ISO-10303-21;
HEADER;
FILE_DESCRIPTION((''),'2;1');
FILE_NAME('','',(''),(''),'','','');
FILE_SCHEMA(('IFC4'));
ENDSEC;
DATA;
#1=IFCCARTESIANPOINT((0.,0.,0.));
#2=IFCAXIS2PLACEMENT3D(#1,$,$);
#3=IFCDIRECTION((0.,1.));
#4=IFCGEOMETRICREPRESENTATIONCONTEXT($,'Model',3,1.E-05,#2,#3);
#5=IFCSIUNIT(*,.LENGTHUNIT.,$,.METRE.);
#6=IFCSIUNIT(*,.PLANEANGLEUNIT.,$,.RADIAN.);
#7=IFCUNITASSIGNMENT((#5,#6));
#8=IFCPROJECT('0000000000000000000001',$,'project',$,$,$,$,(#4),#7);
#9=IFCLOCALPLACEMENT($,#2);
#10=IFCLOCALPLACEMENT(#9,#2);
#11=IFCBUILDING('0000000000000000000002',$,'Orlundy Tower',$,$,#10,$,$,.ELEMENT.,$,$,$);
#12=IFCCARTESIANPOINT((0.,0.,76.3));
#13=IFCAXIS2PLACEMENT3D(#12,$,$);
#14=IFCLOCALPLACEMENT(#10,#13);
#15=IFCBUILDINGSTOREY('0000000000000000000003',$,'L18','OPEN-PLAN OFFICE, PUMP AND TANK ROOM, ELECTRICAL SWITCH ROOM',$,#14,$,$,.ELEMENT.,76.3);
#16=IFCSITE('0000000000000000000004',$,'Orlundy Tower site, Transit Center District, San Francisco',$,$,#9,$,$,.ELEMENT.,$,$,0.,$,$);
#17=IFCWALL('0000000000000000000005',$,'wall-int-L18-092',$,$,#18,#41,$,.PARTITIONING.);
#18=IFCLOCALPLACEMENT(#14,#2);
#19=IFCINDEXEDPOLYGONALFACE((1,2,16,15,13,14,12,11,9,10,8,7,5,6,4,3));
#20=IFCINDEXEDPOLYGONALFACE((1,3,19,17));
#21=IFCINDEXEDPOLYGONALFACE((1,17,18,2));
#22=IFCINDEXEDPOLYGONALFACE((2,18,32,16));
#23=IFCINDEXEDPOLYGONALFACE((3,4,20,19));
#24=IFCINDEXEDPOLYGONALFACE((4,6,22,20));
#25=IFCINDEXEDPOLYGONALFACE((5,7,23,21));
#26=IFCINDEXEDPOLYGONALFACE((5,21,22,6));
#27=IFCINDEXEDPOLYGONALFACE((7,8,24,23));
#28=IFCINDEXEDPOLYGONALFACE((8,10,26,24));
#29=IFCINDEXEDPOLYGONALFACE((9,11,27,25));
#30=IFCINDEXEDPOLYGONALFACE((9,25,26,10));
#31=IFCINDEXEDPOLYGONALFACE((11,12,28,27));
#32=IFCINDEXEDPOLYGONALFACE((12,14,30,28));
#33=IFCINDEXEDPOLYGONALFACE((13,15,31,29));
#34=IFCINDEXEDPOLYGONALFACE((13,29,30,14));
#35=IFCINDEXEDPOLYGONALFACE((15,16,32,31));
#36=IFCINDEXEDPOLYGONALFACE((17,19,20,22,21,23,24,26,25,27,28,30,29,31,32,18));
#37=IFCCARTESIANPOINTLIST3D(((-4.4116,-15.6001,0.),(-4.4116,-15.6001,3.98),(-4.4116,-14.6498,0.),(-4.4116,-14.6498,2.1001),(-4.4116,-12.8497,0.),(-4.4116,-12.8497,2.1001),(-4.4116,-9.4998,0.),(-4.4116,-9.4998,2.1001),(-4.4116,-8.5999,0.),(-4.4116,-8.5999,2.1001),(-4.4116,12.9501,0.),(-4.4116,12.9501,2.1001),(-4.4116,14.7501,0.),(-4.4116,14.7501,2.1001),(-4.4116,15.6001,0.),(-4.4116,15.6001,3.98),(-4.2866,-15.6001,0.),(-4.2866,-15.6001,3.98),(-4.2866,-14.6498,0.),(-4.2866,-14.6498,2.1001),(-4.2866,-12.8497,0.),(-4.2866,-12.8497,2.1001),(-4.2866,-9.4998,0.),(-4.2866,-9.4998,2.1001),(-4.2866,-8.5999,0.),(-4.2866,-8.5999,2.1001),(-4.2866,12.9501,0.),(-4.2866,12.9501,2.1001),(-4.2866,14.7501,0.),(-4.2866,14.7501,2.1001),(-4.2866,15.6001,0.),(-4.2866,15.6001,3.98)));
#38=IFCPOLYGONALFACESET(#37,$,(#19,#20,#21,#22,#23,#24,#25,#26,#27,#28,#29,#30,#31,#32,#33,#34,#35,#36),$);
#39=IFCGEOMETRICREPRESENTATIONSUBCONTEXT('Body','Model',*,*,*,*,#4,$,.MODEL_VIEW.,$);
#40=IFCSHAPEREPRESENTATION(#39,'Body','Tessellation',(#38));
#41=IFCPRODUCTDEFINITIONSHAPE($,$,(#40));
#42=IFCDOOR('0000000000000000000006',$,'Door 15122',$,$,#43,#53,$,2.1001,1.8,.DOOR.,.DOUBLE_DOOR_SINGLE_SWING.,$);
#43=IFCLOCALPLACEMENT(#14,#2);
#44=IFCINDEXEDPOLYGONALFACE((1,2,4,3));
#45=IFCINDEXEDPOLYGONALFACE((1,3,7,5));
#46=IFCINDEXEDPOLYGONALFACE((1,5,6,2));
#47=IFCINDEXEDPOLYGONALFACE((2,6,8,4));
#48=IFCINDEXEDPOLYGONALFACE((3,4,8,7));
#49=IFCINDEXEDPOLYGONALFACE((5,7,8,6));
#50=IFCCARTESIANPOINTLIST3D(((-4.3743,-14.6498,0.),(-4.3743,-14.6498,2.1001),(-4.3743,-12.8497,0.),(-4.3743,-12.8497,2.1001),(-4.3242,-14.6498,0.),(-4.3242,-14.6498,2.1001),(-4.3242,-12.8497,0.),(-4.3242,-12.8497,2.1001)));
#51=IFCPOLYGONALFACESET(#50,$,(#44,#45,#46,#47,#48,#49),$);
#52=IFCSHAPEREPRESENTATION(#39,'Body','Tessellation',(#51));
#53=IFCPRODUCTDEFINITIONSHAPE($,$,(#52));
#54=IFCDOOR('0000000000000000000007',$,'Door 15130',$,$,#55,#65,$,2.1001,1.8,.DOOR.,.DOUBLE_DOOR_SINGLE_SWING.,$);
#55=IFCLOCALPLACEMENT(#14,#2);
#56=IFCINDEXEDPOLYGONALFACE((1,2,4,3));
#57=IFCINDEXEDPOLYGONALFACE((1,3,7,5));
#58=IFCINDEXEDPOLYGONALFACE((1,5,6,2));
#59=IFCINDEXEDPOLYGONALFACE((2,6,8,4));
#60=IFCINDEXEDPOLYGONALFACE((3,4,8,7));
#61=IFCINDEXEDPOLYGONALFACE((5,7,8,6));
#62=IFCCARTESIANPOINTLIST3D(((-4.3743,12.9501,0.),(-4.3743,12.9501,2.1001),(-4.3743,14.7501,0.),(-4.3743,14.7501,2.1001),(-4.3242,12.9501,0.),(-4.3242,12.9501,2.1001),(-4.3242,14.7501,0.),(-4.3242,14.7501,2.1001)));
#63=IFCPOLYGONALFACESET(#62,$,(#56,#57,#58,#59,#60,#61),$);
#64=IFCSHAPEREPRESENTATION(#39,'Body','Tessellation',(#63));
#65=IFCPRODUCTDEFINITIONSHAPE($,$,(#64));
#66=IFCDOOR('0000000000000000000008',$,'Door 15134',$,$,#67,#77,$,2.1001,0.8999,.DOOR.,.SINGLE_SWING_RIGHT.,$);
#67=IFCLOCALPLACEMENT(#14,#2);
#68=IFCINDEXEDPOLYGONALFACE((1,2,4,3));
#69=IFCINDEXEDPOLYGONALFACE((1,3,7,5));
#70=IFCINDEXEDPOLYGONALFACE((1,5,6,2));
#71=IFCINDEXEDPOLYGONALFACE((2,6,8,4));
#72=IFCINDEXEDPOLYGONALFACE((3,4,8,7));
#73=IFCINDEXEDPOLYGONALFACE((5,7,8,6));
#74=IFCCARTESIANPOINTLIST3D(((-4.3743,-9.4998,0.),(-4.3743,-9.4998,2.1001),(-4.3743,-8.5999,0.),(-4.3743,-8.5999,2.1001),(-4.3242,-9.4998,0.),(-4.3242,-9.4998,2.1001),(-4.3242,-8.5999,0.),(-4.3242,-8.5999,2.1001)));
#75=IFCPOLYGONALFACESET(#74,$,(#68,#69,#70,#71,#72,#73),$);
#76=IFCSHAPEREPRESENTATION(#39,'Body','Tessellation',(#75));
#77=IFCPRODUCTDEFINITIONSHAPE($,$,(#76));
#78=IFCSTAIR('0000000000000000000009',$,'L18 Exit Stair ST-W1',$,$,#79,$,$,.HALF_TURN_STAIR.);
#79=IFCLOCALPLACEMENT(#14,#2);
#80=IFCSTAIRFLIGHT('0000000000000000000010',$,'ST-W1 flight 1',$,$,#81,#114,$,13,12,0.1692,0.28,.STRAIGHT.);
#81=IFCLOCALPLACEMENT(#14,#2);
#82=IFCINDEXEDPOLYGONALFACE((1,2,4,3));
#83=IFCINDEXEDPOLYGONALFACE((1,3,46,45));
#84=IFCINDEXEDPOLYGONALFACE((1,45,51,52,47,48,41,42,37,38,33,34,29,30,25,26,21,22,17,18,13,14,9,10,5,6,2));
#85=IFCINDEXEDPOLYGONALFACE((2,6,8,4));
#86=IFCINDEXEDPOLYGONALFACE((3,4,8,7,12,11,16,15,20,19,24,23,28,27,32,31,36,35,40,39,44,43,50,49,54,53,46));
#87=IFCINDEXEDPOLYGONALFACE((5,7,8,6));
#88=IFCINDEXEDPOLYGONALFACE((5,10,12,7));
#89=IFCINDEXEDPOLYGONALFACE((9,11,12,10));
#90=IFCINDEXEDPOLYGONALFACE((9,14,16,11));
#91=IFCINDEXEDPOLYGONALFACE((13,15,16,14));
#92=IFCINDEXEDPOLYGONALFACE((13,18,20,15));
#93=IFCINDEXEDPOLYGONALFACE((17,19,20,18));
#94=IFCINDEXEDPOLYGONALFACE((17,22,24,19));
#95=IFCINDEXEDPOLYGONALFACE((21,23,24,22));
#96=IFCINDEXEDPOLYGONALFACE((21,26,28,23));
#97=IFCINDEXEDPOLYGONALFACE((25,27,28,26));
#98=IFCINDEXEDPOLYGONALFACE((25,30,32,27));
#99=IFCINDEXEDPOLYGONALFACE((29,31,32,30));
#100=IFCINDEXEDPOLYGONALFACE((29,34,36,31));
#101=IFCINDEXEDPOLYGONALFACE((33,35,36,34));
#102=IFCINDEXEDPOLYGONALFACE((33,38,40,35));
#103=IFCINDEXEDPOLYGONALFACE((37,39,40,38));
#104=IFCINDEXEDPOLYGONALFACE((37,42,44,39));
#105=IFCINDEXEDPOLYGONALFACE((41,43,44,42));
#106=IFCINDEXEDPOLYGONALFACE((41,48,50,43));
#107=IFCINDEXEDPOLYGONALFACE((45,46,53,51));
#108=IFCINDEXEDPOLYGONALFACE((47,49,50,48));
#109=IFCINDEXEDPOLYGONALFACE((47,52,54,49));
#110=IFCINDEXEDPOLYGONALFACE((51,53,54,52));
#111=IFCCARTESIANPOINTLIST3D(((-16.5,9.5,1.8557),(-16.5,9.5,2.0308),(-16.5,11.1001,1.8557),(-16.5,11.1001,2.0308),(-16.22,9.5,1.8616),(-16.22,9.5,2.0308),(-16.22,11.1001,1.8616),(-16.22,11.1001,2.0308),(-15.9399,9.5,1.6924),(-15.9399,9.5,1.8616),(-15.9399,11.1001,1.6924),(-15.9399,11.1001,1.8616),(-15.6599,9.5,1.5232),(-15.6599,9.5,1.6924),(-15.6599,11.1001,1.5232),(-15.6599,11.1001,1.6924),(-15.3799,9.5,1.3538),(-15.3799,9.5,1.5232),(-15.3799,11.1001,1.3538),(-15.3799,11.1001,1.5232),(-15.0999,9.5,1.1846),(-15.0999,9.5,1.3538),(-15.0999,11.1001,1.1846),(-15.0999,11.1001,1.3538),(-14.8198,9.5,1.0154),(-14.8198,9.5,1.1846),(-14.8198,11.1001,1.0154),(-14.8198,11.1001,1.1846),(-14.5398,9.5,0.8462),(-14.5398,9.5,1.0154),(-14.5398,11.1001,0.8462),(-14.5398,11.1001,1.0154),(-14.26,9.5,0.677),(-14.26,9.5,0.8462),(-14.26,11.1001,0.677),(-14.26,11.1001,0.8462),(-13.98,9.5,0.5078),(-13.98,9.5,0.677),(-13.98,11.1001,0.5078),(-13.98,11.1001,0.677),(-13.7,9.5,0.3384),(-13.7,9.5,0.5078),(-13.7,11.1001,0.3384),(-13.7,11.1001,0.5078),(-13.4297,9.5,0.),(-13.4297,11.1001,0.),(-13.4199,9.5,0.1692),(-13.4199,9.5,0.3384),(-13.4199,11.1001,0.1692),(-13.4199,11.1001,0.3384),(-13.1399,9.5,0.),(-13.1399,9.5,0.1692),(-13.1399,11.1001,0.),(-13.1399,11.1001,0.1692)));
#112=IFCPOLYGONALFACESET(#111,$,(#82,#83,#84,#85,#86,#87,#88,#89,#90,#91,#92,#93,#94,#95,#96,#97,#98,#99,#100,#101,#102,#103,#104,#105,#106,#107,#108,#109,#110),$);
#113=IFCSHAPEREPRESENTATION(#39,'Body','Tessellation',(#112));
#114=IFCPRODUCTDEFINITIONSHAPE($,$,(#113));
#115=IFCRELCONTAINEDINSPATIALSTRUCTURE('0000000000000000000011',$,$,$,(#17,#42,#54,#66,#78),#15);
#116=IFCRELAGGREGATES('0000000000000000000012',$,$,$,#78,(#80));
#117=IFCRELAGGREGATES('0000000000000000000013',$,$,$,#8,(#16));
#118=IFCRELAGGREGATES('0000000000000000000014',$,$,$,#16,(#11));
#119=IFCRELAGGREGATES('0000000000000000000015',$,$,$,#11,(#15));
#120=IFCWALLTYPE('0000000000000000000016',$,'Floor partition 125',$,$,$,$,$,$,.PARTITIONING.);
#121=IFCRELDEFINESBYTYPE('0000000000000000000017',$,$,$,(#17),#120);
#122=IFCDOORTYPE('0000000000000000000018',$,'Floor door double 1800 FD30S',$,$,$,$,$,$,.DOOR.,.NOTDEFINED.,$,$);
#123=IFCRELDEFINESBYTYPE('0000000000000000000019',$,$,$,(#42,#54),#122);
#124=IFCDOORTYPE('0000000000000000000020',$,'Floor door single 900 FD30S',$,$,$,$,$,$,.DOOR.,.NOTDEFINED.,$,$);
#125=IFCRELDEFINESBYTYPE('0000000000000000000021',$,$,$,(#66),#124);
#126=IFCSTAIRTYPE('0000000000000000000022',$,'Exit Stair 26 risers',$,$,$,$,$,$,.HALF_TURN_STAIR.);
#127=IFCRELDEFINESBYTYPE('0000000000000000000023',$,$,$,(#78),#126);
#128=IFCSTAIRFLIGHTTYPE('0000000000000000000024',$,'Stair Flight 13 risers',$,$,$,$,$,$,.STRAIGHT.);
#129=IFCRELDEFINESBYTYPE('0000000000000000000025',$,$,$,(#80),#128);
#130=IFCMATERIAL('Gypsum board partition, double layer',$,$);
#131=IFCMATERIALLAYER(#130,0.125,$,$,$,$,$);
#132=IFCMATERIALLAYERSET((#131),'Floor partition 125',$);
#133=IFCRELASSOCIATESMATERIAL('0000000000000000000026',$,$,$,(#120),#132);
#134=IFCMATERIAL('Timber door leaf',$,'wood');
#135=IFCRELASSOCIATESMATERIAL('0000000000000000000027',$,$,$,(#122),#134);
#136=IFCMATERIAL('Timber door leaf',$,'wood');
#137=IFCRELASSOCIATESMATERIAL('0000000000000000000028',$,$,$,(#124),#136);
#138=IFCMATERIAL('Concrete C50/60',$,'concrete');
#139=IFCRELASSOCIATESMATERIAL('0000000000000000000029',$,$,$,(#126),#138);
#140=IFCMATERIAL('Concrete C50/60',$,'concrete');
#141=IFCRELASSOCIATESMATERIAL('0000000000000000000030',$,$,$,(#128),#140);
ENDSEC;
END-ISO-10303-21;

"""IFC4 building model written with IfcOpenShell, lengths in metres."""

from ifc_helpers import new_model, si_unit, direction, frame, frame_2d, origin, place, context, subcontext, project, spatial, polyline, rectangle, outline, extrude, material, layer, layer_set, type_object, element, fill, aggregate, save


model = new_model("IFC4")

# Units and contexts
model_context = context("Model", 3, precision=1e-05, world=origin(), true_north=direction((0.0, 1.0)))
body_context = subcontext(model_context, "Body", "Model", "MODEL_VIEW")
ifc_project = project(units=[si_unit("LENGTHUNIT", "METRE"), si_unit("PLANEANGLEUNIT", "RADIAN")], contexts=[model_context])

# Site, building, storey
site_placement = place(None, origin())
site = spatial("IfcSite", under=ifc_project, at=site_placement, Name="Orlundy Tower site, Transit Center District, San Francisco", CompositionType="ELEMENT", RefElevation=0.0)
building_placement = place(site_placement, origin())
building = spatial("IfcBuilding", under=site, at=building_placement, Name="Orlundy Tower", CompositionType="ELEMENT")
storey_placement = place(building_placement, frame((0.0, 0.0, 76.3)))
storey = spatial("IfcBuildingStorey", under=building, at=storey_placement, Name="L18", Description="OPEN-PLAN OFFICE, PUMP AND TANK ROOM, ELECTRICAL SWITCH ROOM", CompositionType="ELEMENT", Elevation=76.3)

# Shared definitions
ifc_material_1 = material(Name="Gypsum board partition, double layer")
ifc_layer_1 = layer(ifc_material_1, 0.125)
ifc_layer_set_1 = layer_set([ifc_layer_1], Name="Floor partition 125")
wall_type_1 = type_object("IfcWallType", Name="Floor partition 125", PredefinedType="PARTITIONING", material=ifc_layer_set_1)

# Wall, openings, doors
wall_1_placement = place(storey_placement, frame((-4.3491, 15.6001, 0.0), z_axis=(0.0, 0.0, 1.0), x_axis=(0.0, -1.0, 0.0)))
wall_1 = element("IfcWall", 1, at=wall_1_placement, inside=storey, type_object=wall_type_1, Name="wall-int-L18-092", PredefinedType="PARTITIONING", context=body_context, shape_type="SweptSolid", body=[
    extrude(rectangle(XDim=31.2002, YDim=0.125, at=frame_2d((15.6001, 0.0))), origin(), (0.0, 0.0, 1.0), 3.98),
])
opening_1_placement = place(wall_1_placement, frame((28.45, 0.0, 0.0)))
opening_1 = element("IfcOpeningElement", 2, at=opening_1_placement, cuts=wall_1, PredefinedType="OPENING", context=body_context, shape_type="SweptSolid", body=[
    extrude(rectangle(XDim=1.8, YDim=2.1001, at=frame_2d((0.8999, 1.05))), frame((0.0, 0.0725, 0.0), z_axis=(0.0, -1.0, 0.0), x_axis=(1.0, 0.0, 0.0)), (0.0, 0.0, 1.0), 0.145),
])
opening_2_placement = place(wall_1_placement, frame((0.8501, 0.0, 0.0)))
opening_2 = element("IfcOpeningElement", 3, at=opening_2_placement, cuts=wall_1, PredefinedType="OPENING", context=body_context, shape_type="SweptSolid", body=[
    extrude(rectangle(XDim=1.8, YDim=2.1001, at=frame_2d((0.8999, 1.05))), frame((0.0, 0.0725, 0.0), z_axis=(0.0, -1.0, 0.0), x_axis=(1.0, 0.0, 0.0)), (0.0, 0.0, 1.0), 0.145),
])
opening_3_placement = place(wall_1_placement, frame((24.2, 0.0, 0.0)))
opening_3 = element("IfcOpeningElement", 4, at=opening_3_placement, cuts=wall_1, PredefinedType="OPENING", context=body_context, shape_type="SweptSolid", body=[
    extrude(rectangle(XDim=0.8999, YDim=2.1001, at=frame_2d((0.45, 1.05))), frame((0.0, 0.0725, 0.0), z_axis=(0.0, -1.0, 0.0), x_axis=(1.0, 0.0, 0.0)), (0.0, 0.0, 1.0), 0.145),
])
ifc_material_2 = material(Name="Timber door leaf", Category="wood")
door_type_1 = type_object("IfcDoorType", Name="Floor door double 1800 FD30S", OperationType="NOTDEFINED", PredefinedType="DOOR", material=ifc_material_2)
door_1_placement = place(opening_1_placement, origin())
door_1 = element("IfcDoor", 5, at=door_1_placement, inside=storey, type_object=door_type_1, Name="Door 15122", OperationType="DOUBLE_DOOR_SINGLE_SWING", OverallHeight=2.1001, OverallWidth=1.8, PredefinedType="DOOR", context=body_context, shape_type="SweptSolid", body=[
    extrude(rectangle(XDim=1.8, YDim=2.1001, at=frame_2d((0.8999, 1.05))), frame((0.0, 0.0249, 0.0), z_axis=(0.0, -1.0, 0.0), x_axis=(1.0, 0.0, 0.0)), (0.0, 0.0, 1.0), 0.05),
])
fill(opening_1, door_1)
door_2_placement = place(opening_2_placement, origin())
door_2 = element("IfcDoor", 6, at=door_2_placement, inside=storey, type_object=door_type_1, Name="Door 15130", OperationType="DOUBLE_DOOR_SINGLE_SWING", OverallHeight=2.1001, OverallWidth=1.8, PredefinedType="DOOR", context=body_context, shape_type="SweptSolid", body=[
    extrude(rectangle(XDim=1.8, YDim=2.1001, at=frame_2d((0.8999, 1.05))), frame((0.0, 0.0249, 0.0), z_axis=(0.0, -1.0, 0.0), x_axis=(1.0, 0.0, 0.0)), (0.0, 0.0, 1.0), 0.05),
])
fill(opening_2, door_2)
ifc_material_3 = material(Name="Timber door leaf", Category="wood")
door_type_2 = type_object("IfcDoorType", Name="Floor door single 900 FD30S", OperationType="NOTDEFINED", PredefinedType="DOOR", material=ifc_material_3)
door_3_placement = place(opening_3_placement, origin())
door_3 = element("IfcDoor", 7, at=door_3_placement, inside=storey, type_object=door_type_2, Name="Door 15134", OperationType="SINGLE_SWING_RIGHT", OverallHeight=2.1001, OverallWidth=0.8999, PredefinedType="DOOR", context=body_context, shape_type="SweptSolid", body=[
    extrude(rectangle(XDim=0.8999, YDim=2.1001, at=frame_2d((0.45, 1.05))), frame((0.0, 0.0249, 0.0), z_axis=(0.0, -1.0, 0.0), x_axis=(1.0, 0.0, 0.0)), (0.0, 0.0, 1.0), 0.05),
])
fill(opening_3, door_3)

# Stair, stair flight
ifc_material_4 = material(Name="Concrete C50/60", Category="concrete")
stair_type = type_object("IfcStairType", Name="Exit Stair 26 risers", PredefinedType="HALF_TURN_STAIR", material=ifc_material_4)
stair_placement = place(storey_placement, origin())
stair = element("IfcStair", 8, at=stair_placement, inside=storey, type_object=stair_type, Name="L18 Exit Stair ST-W1", PredefinedType="HALF_TURN_STAIR")
ifc_material_5 = material(Name="Concrete C50/60", Category="concrete")
stair_flight_type = type_object("IfcStairFlightType", Name="Stair Flight 13 risers", PredefinedType="STRAIGHT", material=ifc_material_5)
stair_flight_placement = place(storey_placement, frame((-13.1399, 10.3, 0.0), z_axis=(0.0, 0.0, 1.0), x_axis=(-1.0, 0.0, 0.0)))
stair_flight = element("IfcStairFlight", 9, at=stair_flight_placement, type_object=stair_flight_type, Name="ST-W1 flight 1", NumberOfRisers=13, NumberOfTreads=12, PredefinedType="STRAIGHT", RiserHeight=0.1692, TreadLength=0.28, context=body_context, shape_type="SweptSolid", body=[
    extrude(outline(polyline([(0.0, 0.0), (0.0, 0.1692), (0.28, 0.1692), (0.28, 0.3384), (0.5601, 0.3384), (0.5601, 0.5078), (0.8401, 0.5078), (0.8401, 0.677), (1.1201, 0.677), (1.1201, 0.8462), (1.3999, 0.8462), (1.3999, 1.0154), (1.6799, 1.0154), (1.6799, 1.1846), (1.96, 1.1846), (1.96, 1.3538), (2.24, 1.3538), (2.24, 1.5232), (2.52, 1.5232), (2.52, 1.6924), (2.8, 1.6924), (2.8, 1.8616), (3.0801, 1.8616), (3.0801, 2.0308), (3.3601, 2.0308), (3.3601, 2.2), (3.3601, 1.8557), (0.2898, 0.0), (0.0, 0.0)])), frame((0.0, 0.8, 0.0), z_axis=(0.0, -1.0, 0.0), x_axis=(1.0, 0.0, 0.0)), (0.0, 0.0, 1.0), 1.6001),
])
aggregate(stair, [stair_flight])

save(model, "model.ifc")
